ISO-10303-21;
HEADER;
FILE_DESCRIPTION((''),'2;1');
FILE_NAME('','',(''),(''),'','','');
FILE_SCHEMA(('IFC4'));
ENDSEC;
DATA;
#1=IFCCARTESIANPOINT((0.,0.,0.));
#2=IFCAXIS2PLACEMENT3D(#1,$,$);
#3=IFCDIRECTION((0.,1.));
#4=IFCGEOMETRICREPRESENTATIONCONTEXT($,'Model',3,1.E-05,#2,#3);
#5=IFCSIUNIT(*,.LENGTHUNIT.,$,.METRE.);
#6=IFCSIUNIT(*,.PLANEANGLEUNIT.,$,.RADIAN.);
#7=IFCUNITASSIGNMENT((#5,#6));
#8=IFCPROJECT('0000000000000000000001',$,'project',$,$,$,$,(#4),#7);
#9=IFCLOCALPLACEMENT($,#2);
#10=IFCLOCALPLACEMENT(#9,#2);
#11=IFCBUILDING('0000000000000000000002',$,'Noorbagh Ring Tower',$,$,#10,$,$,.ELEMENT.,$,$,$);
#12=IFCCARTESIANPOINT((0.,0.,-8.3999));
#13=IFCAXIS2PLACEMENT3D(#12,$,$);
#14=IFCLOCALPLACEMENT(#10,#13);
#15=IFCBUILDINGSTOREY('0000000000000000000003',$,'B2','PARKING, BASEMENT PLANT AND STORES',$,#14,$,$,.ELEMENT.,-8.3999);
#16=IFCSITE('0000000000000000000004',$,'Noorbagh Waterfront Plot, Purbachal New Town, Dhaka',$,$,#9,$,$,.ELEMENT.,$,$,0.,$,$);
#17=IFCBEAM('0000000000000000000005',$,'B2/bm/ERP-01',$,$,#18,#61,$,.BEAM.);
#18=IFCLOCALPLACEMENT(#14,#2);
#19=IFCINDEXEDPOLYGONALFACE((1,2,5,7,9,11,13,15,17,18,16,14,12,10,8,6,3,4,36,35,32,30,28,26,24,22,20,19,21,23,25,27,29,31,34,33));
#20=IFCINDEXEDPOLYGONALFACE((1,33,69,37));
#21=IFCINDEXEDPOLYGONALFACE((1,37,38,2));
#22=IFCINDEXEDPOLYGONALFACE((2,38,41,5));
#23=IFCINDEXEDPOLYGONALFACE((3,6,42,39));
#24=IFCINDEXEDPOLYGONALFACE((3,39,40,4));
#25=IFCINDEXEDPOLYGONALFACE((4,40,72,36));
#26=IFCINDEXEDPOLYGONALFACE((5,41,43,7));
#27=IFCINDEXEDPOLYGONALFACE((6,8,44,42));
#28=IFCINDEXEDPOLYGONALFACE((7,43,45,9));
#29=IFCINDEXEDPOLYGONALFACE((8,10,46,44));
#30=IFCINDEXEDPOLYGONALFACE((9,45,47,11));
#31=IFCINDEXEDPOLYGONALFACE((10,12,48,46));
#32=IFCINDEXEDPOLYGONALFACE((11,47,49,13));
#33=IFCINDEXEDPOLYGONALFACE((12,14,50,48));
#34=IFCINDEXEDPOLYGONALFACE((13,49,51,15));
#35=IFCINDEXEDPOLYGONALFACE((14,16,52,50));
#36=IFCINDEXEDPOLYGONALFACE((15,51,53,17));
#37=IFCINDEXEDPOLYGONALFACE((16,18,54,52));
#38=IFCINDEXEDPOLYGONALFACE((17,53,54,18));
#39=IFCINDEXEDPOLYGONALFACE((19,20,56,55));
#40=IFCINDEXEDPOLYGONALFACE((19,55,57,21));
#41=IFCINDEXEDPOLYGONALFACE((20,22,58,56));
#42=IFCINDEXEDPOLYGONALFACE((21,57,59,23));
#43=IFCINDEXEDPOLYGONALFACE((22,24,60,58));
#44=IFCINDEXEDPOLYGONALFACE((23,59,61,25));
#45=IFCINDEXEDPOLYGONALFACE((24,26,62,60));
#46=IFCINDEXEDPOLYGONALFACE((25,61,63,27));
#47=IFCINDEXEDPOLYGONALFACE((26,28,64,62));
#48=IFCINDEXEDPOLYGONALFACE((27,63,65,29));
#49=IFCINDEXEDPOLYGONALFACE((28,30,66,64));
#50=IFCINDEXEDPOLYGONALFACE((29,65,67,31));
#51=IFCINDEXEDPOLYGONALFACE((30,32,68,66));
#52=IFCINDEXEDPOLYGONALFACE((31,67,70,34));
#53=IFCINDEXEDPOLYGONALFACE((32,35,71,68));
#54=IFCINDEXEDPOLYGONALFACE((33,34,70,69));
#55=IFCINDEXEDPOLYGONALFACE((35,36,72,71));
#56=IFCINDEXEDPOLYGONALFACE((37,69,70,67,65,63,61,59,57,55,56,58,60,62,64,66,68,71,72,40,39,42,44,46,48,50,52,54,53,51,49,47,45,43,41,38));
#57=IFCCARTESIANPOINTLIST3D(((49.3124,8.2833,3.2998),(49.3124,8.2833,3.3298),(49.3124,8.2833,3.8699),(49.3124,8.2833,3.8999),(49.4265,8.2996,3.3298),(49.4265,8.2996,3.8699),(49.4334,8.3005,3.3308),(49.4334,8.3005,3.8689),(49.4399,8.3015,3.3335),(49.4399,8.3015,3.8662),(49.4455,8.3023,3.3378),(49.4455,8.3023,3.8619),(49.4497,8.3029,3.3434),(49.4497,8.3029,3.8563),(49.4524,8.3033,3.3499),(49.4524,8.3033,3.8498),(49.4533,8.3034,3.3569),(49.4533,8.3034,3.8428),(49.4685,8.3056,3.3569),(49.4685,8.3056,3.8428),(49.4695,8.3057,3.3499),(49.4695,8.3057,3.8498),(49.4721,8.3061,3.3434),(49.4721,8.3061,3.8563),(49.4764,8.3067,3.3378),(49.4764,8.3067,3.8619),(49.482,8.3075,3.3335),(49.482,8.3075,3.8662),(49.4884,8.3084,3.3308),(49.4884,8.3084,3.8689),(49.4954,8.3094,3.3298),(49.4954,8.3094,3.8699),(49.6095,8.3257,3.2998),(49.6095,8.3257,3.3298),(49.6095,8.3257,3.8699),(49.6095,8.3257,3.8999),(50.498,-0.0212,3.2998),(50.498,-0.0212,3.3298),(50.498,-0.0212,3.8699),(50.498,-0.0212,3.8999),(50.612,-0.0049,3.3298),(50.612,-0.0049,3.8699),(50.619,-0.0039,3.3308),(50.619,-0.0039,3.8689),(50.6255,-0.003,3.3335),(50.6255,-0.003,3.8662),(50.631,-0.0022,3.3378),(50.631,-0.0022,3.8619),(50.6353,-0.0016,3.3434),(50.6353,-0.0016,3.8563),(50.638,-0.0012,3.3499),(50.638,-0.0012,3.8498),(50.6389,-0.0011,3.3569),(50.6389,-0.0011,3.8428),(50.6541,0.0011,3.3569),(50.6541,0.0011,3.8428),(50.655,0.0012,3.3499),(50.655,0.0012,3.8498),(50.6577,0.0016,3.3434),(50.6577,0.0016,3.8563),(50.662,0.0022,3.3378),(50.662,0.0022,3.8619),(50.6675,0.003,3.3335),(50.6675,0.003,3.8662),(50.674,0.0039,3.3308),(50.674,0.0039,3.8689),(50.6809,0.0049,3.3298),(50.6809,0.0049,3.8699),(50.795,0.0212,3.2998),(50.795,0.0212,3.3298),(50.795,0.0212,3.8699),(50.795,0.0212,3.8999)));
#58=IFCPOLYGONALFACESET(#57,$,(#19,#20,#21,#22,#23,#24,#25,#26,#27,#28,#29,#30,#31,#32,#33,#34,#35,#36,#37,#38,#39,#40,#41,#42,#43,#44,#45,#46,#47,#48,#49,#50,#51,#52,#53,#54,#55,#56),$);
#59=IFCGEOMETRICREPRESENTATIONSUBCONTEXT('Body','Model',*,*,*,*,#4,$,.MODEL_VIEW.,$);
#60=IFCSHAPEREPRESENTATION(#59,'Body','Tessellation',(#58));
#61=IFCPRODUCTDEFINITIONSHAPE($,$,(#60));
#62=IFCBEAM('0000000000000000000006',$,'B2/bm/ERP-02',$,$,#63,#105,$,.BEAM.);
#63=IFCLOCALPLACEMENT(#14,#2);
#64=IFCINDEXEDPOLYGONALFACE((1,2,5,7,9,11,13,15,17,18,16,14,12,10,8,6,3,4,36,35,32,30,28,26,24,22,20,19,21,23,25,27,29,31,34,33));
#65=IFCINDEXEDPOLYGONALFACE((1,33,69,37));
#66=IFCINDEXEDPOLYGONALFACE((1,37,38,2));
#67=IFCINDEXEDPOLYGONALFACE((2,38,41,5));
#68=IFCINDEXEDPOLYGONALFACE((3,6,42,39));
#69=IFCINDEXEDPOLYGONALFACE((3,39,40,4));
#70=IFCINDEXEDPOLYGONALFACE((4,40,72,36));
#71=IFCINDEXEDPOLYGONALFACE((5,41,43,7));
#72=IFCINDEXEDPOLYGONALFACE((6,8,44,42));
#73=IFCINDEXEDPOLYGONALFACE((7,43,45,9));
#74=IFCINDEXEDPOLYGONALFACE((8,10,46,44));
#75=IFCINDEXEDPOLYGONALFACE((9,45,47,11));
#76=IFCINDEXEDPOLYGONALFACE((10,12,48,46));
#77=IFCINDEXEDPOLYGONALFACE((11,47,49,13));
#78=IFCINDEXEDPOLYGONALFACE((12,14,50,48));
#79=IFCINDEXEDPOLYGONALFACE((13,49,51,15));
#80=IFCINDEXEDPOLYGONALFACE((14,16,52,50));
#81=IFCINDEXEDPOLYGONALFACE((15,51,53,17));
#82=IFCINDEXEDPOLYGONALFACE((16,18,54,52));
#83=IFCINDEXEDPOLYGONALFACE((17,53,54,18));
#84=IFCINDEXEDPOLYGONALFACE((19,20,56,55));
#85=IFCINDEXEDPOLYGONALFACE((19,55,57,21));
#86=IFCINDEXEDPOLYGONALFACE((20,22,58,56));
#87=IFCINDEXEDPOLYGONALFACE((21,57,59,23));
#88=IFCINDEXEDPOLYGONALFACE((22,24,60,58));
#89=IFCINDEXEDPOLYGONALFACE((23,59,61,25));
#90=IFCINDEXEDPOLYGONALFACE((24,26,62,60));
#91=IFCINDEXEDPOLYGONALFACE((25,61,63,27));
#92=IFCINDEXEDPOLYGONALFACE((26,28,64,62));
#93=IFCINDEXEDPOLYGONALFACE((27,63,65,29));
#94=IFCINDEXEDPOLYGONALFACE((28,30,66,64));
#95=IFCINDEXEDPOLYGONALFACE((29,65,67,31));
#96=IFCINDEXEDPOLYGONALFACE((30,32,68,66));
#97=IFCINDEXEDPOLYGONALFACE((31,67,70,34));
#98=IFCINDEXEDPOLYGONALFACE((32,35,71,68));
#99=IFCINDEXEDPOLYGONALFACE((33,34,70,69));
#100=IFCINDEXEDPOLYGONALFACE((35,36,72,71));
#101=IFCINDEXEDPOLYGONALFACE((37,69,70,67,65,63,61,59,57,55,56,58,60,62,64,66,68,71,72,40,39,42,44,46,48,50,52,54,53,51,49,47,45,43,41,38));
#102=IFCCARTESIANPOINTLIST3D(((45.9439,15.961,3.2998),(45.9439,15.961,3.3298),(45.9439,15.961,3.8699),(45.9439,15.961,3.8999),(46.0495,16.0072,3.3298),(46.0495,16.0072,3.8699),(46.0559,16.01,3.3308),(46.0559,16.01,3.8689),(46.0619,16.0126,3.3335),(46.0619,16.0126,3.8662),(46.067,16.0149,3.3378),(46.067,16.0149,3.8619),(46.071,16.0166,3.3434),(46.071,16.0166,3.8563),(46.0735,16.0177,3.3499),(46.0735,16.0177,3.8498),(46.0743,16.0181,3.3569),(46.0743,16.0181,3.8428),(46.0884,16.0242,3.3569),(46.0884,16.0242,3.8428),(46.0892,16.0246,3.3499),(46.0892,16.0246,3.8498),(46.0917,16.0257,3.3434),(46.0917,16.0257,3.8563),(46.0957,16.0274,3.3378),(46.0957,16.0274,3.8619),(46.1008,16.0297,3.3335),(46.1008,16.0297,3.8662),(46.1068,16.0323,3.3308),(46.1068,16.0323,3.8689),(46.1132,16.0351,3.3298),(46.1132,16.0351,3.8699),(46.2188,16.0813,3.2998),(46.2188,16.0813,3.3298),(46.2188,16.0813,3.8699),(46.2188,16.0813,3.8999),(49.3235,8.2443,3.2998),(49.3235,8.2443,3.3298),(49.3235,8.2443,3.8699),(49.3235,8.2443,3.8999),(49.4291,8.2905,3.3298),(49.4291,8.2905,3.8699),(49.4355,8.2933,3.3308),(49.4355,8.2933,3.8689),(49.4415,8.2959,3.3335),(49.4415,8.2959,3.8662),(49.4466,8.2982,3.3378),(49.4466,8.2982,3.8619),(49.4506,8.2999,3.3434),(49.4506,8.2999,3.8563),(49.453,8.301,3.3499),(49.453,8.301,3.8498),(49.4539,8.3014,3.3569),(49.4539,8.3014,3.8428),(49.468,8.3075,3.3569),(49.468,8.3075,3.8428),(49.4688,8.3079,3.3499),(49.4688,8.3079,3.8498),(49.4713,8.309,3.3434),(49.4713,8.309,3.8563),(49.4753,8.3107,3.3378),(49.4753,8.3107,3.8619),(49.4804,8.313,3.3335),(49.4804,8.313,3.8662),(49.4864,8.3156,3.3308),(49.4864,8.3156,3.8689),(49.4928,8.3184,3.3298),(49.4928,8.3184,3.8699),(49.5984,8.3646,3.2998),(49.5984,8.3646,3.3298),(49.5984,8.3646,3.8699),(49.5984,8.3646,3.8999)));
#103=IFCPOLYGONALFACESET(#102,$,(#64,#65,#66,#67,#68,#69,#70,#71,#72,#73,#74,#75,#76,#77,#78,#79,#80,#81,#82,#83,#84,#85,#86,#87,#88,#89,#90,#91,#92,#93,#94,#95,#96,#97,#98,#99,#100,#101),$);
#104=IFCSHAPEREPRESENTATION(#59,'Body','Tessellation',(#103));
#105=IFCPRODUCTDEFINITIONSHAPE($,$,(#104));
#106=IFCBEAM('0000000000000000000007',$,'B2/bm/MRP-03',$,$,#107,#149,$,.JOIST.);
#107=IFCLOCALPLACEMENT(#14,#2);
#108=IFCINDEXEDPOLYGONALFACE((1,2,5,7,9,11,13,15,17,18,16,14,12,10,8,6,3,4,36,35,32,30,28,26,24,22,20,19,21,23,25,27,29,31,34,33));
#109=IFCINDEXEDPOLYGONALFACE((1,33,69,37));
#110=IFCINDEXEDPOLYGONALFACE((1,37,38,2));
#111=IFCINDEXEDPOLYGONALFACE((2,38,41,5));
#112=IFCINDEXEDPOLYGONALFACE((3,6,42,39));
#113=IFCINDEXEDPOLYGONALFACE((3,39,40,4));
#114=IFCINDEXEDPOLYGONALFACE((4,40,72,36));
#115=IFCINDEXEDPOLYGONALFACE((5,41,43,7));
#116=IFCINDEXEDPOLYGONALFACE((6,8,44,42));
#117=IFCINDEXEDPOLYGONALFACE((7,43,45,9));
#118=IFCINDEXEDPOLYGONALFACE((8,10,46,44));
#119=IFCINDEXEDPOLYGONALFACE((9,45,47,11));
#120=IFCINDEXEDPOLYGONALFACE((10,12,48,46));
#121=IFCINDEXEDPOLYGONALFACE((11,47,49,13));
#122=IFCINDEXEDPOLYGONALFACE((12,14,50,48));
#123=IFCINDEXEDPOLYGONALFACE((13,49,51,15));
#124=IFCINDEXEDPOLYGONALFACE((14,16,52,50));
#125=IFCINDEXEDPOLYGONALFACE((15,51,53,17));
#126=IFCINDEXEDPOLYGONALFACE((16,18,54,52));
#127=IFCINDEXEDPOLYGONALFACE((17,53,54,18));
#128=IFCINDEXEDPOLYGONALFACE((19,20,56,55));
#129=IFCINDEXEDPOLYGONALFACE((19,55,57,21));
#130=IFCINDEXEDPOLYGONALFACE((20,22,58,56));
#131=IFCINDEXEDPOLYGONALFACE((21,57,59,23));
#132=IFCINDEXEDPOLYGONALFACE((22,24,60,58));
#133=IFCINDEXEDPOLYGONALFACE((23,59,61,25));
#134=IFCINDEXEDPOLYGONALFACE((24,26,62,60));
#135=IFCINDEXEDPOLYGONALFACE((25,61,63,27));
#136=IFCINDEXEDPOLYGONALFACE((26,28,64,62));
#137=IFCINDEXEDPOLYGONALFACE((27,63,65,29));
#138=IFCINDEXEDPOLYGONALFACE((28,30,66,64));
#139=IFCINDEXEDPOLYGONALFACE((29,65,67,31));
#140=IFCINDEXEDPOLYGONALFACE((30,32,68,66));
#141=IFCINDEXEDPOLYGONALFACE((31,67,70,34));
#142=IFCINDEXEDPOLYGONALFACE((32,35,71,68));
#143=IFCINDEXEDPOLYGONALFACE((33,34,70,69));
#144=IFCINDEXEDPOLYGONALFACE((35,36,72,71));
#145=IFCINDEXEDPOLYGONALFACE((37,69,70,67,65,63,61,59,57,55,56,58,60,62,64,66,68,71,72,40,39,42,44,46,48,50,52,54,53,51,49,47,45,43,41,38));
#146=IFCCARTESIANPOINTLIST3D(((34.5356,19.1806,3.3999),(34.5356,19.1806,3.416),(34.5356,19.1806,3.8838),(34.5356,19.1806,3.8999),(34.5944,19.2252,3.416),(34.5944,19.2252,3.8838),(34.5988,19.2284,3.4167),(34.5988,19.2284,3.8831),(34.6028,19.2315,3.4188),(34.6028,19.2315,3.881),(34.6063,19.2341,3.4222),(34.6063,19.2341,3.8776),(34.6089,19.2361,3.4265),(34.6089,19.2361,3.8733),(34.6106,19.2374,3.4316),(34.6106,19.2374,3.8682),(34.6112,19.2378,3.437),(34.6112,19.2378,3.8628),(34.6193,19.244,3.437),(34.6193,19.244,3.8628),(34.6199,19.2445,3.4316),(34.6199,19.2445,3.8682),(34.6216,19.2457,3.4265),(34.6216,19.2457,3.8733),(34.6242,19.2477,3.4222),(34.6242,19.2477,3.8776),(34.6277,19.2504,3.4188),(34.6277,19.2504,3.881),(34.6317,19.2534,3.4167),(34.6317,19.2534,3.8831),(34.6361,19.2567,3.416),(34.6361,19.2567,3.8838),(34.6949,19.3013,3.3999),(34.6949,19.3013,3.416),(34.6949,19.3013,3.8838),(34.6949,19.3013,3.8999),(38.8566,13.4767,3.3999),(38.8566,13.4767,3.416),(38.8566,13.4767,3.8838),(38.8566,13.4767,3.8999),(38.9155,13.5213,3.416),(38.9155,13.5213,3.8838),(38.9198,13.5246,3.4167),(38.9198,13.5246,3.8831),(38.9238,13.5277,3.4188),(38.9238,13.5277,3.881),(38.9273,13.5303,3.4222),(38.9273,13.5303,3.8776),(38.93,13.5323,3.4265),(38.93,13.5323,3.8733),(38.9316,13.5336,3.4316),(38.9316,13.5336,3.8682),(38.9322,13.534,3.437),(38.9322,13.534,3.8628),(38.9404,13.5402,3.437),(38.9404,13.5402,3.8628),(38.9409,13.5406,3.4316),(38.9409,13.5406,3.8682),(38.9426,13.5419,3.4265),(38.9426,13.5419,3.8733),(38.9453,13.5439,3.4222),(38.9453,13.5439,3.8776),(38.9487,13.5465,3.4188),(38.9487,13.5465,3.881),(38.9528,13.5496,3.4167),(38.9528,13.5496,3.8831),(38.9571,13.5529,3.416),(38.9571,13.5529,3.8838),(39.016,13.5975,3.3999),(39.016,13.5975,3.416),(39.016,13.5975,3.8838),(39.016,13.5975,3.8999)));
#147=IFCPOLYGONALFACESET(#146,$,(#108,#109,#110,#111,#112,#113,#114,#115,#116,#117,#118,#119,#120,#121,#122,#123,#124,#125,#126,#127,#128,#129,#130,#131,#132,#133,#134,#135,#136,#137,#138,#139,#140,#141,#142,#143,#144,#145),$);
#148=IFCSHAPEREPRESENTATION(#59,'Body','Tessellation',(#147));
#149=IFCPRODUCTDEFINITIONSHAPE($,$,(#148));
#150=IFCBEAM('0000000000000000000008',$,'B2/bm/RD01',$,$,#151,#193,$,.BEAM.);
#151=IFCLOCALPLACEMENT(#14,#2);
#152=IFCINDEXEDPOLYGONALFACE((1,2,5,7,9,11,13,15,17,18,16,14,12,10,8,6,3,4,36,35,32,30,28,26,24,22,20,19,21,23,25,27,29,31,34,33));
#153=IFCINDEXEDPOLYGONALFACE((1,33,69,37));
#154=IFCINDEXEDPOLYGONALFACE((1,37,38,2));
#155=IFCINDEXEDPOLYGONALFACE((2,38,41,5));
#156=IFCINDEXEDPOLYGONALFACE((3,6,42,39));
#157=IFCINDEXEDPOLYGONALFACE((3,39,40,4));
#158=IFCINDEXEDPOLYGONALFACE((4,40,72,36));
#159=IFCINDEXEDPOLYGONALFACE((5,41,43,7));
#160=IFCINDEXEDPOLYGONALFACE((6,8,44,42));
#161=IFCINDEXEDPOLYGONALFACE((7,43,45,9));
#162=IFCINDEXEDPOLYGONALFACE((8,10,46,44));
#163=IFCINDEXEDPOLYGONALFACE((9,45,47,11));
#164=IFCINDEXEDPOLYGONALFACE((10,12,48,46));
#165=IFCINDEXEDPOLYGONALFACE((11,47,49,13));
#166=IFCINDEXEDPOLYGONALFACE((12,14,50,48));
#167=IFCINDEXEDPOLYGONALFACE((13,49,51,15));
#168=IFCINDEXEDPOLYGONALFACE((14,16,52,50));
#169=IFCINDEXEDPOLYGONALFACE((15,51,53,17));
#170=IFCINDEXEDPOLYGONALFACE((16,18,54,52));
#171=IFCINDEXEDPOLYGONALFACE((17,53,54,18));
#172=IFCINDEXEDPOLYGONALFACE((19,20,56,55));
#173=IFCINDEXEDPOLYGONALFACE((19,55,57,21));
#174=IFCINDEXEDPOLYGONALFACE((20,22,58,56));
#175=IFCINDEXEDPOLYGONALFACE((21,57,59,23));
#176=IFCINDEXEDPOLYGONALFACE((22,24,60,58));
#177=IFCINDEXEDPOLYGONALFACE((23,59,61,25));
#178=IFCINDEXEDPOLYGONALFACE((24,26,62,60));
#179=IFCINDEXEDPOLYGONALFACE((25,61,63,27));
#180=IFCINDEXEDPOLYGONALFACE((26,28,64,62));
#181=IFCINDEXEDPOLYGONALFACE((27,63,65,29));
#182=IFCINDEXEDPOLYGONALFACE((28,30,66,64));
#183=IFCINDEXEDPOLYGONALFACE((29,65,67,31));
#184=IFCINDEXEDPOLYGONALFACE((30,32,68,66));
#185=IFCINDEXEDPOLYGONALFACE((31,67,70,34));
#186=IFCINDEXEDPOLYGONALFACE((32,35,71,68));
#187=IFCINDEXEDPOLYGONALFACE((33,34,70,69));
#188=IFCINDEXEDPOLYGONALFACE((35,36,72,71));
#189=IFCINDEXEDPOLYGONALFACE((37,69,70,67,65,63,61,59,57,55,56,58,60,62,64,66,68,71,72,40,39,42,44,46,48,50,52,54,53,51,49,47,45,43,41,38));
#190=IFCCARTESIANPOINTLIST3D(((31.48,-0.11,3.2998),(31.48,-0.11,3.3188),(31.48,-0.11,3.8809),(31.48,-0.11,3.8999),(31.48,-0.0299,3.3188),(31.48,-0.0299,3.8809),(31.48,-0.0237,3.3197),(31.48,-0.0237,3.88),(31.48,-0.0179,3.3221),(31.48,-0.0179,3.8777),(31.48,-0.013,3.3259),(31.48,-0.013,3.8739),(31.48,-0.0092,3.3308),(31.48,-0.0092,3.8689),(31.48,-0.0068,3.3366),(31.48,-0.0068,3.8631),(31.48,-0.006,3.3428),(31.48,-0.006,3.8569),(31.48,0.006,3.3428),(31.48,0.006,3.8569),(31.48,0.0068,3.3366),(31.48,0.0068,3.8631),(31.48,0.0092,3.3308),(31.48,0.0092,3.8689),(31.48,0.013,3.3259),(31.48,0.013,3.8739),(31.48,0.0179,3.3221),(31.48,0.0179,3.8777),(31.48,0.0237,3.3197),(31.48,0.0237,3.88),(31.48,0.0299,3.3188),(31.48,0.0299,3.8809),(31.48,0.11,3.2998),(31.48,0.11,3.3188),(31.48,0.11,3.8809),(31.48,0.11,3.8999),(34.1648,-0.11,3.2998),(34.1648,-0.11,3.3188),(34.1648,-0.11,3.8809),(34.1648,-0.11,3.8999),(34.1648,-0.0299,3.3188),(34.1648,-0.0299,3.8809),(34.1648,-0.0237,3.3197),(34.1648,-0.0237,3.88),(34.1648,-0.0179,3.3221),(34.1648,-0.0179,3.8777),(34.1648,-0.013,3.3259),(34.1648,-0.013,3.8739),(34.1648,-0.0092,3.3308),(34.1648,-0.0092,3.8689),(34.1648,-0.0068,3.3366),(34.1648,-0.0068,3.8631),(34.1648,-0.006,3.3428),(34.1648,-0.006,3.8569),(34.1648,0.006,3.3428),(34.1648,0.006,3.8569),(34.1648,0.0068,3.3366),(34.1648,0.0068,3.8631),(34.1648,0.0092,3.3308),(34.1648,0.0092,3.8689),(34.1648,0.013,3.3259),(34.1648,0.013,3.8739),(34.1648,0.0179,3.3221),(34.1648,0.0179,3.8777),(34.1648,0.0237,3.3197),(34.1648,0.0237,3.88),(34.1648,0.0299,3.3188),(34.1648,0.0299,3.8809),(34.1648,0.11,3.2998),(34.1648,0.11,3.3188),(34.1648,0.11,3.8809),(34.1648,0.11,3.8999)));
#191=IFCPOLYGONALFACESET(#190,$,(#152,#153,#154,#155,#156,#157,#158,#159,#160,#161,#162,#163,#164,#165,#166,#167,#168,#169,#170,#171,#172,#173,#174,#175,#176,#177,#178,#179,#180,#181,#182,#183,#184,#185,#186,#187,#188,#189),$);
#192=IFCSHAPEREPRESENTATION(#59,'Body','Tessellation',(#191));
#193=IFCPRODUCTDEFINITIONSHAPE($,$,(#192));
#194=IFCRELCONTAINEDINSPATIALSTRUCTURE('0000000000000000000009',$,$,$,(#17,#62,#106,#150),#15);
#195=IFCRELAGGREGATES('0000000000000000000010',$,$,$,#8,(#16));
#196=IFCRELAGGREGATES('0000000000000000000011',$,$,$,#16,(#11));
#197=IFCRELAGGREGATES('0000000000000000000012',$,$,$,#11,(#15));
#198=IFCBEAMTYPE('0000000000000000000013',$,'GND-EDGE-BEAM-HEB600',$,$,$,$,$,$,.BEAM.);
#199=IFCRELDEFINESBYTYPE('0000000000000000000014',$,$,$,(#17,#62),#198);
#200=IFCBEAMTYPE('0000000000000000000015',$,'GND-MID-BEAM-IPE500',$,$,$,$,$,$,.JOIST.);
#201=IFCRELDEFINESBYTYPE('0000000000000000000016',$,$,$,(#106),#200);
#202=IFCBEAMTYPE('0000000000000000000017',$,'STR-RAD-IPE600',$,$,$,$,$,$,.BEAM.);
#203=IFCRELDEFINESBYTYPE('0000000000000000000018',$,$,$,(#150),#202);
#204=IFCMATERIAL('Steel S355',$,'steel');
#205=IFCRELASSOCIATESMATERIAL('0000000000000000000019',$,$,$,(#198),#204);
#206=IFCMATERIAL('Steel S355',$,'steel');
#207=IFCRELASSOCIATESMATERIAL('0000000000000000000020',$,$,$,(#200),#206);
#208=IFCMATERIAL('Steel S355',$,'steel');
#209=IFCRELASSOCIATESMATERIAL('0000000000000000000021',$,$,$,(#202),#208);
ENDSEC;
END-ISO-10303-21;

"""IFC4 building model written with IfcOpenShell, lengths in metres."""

from ifc_helpers import new_model, si_unit, direction, frame, origin, origin_2d, place, context, subcontext, project, spatial, i_section, extrude, material, material_profile, profile_set, type_object, element, save


model = new_model("IFC4")

# Units and contexts
model_context = context("Model", 3, precision=1e-05, world=origin(), true_north=direction((0.0, 1.0)))
body_context = subcontext(model_context, "Body", "Model", "MODEL_VIEW")
ifc_project = project(units=[si_unit("LENGTHUNIT", "METRE"), si_unit("PLANEANGLEUNIT", "RADIAN")], contexts=[model_context])

# Site, building, storey
site_placement = place(None, origin())
site = spatial("IfcSite", under=ifc_project, at=site_placement, Name="Noorbagh Waterfront Plot, Purbachal New Town, Dhaka", CompositionType="ELEMENT", RefElevation=0.0)
building_placement = place(site_placement, origin())
building = spatial("IfcBuilding", under=site, at=building_placement, Name="Noorbagh Ring Tower", CompositionType="ELEMENT")
storey_placement = place(building_placement, frame((0.0, 0.0, -8.3999)))
storey = spatial("IfcBuildingStorey", under=building, at=storey_placement, Name="B2", Description="PARKING, BASEMENT PLANT AND STORES", CompositionType="ELEMENT", Elevation=-8.3999)

# Beams
ifc_material_1 = material(Name="Steel S355", Category="steel")
ifc_material_profile_1 = material_profile(ifc_material_1, i_section(OverallWidth=0.3, OverallDepth=0.6001, WebThickness=0.0154, FlangeThickness=0.03, FilletRadius=0.0271, at=origin_2d()), Name="HEB600")
ifc_profile_set_1 = profile_set([ifc_material_profile_1], Name="Steel S355")
beam_type_1 = type_object("IfcBeamType", Name="GND-EDGE-BEAM-HEB600", PredefinedType="BEAM", material=ifc_profile_set_1)
beam_1_placement = place(storey_placement, frame((50.6465, 0.0, 3.5999), z_axis=(-0.141328, 0.989963, 0.0), x_axis=(-0.989963, -0.141328, 0.0)))
element("IfcBeam", 1, at=beam_1_placement, inside=storey, type_object=beam_type_1, Name="B2/bm/ERP-01", PredefinedType="BEAM", context=body_context, shape_type="SweptSolid", body=[
    extrude(i_section(OverallWidth=0.3, OverallDepth=0.6001, WebThickness=0.0154, FlangeThickness=0.03, FilletRadius=0.0271, at=origin_2d()), origin(), (0.0, 0.0, 1.0), 8.3887),
])
beam_2_placement = place(storey_placement, frame((49.4609, 8.3044, 3.5999), z_axis=(-0.401172, 0.916003, 0.0), x_axis=(-0.916003, -0.401172, 0.0)))
element("IfcBeam", 2, at=beam_2_placement, inside=storey, type_object=beam_type_1, Name="B2/bm/ERP-02", PredefinedType="BEAM", context=body_context, shape_type="SweptSolid", body=[
    extrude(i_section(OverallWidth=0.3, OverallDepth=0.6001, WebThickness=0.0154, FlangeThickness=0.03, FilletRadius=0.0271, at=origin_2d()), origin(), (0.0, 0.0, 1.0), 8.4243),
])
ifc_material_2 = material(Name="Steel S355", Category="steel")
ifc_material_profile_2 = material_profile(ifc_material_2, i_section(OverallWidth=0.2, OverallDepth=0.5, WebThickness=0.0103, FlangeThickness=0.0161, FilletRadius=0.021, at=origin_2d()), Name="IPE500")
ifc_profile_set_2 = profile_set([ifc_material_profile_2], Name="Steel S355")
beam_type_2 = type_object("IfcBeamType", Name="GND-MID-BEAM-IPE500", PredefinedType="JOIST", material=ifc_profile_set_2)
beam_3_placement = place(storey_placement, frame((38.9363, 13.5371, 3.6499), z_axis=(-0.603852, 0.797096, 0.0), x_axis=(-0.797096, -0.603852, 0.0)))
element("IfcBeam", 3, at=beam_3_placement, inside=storey, type_object=beam_type_2, Name="B2/bm/MRP-03", PredefinedType="JOIST", context=body_context, shape_type="SweptSolid", body=[
    extrude(i_section(OverallWidth=0.2, OverallDepth=0.5, WebThickness=0.0103, FlangeThickness=0.0161, FilletRadius=0.021, at=origin_2d()), origin(), (0.0, 0.0, 1.0), 7.1558),
])
ifc_material_3 = material(Name="Steel S355", Category="steel")
ifc_material_profile_3 = material_profile(ifc_material_3, i_section(OverallWidth=0.22, OverallDepth=0.6001, WebThickness=0.012, FlangeThickness=0.019, FilletRadius=0.0239, at=origin_2d()), Name="IPE600")
ifc_profile_set_3 = profile_set([ifc_material_profile_3], Name="Steel S355")
beam_type_3 = type_object("IfcBeamType", Name="STR-RAD-IPE600", PredefinedType="BEAM", material=ifc_profile_set_3)
beam_4_placement = place(storey_placement, frame((34.1648, 0.0, 3.5999), z_axis=(-1.0, 0.0, 0.0), x_axis=(0.0, -1.0, 0.0)))
element("IfcBeam", 4, at=beam_4_placement, inside=storey, type_object=beam_type_3, Name="B2/bm/RD01", PredefinedType="BEAM", context=body_context, shape_type="SweptSolid", body=[
    extrude(i_section(OverallWidth=0.22, OverallDepth=0.6001, WebThickness=0.012, FlangeThickness=0.019, FilletRadius=0.0239, at=origin_2d()), origin(), (0.0, 0.0, 1.0), 2.6848),
])

save(model, "model.ifc")
